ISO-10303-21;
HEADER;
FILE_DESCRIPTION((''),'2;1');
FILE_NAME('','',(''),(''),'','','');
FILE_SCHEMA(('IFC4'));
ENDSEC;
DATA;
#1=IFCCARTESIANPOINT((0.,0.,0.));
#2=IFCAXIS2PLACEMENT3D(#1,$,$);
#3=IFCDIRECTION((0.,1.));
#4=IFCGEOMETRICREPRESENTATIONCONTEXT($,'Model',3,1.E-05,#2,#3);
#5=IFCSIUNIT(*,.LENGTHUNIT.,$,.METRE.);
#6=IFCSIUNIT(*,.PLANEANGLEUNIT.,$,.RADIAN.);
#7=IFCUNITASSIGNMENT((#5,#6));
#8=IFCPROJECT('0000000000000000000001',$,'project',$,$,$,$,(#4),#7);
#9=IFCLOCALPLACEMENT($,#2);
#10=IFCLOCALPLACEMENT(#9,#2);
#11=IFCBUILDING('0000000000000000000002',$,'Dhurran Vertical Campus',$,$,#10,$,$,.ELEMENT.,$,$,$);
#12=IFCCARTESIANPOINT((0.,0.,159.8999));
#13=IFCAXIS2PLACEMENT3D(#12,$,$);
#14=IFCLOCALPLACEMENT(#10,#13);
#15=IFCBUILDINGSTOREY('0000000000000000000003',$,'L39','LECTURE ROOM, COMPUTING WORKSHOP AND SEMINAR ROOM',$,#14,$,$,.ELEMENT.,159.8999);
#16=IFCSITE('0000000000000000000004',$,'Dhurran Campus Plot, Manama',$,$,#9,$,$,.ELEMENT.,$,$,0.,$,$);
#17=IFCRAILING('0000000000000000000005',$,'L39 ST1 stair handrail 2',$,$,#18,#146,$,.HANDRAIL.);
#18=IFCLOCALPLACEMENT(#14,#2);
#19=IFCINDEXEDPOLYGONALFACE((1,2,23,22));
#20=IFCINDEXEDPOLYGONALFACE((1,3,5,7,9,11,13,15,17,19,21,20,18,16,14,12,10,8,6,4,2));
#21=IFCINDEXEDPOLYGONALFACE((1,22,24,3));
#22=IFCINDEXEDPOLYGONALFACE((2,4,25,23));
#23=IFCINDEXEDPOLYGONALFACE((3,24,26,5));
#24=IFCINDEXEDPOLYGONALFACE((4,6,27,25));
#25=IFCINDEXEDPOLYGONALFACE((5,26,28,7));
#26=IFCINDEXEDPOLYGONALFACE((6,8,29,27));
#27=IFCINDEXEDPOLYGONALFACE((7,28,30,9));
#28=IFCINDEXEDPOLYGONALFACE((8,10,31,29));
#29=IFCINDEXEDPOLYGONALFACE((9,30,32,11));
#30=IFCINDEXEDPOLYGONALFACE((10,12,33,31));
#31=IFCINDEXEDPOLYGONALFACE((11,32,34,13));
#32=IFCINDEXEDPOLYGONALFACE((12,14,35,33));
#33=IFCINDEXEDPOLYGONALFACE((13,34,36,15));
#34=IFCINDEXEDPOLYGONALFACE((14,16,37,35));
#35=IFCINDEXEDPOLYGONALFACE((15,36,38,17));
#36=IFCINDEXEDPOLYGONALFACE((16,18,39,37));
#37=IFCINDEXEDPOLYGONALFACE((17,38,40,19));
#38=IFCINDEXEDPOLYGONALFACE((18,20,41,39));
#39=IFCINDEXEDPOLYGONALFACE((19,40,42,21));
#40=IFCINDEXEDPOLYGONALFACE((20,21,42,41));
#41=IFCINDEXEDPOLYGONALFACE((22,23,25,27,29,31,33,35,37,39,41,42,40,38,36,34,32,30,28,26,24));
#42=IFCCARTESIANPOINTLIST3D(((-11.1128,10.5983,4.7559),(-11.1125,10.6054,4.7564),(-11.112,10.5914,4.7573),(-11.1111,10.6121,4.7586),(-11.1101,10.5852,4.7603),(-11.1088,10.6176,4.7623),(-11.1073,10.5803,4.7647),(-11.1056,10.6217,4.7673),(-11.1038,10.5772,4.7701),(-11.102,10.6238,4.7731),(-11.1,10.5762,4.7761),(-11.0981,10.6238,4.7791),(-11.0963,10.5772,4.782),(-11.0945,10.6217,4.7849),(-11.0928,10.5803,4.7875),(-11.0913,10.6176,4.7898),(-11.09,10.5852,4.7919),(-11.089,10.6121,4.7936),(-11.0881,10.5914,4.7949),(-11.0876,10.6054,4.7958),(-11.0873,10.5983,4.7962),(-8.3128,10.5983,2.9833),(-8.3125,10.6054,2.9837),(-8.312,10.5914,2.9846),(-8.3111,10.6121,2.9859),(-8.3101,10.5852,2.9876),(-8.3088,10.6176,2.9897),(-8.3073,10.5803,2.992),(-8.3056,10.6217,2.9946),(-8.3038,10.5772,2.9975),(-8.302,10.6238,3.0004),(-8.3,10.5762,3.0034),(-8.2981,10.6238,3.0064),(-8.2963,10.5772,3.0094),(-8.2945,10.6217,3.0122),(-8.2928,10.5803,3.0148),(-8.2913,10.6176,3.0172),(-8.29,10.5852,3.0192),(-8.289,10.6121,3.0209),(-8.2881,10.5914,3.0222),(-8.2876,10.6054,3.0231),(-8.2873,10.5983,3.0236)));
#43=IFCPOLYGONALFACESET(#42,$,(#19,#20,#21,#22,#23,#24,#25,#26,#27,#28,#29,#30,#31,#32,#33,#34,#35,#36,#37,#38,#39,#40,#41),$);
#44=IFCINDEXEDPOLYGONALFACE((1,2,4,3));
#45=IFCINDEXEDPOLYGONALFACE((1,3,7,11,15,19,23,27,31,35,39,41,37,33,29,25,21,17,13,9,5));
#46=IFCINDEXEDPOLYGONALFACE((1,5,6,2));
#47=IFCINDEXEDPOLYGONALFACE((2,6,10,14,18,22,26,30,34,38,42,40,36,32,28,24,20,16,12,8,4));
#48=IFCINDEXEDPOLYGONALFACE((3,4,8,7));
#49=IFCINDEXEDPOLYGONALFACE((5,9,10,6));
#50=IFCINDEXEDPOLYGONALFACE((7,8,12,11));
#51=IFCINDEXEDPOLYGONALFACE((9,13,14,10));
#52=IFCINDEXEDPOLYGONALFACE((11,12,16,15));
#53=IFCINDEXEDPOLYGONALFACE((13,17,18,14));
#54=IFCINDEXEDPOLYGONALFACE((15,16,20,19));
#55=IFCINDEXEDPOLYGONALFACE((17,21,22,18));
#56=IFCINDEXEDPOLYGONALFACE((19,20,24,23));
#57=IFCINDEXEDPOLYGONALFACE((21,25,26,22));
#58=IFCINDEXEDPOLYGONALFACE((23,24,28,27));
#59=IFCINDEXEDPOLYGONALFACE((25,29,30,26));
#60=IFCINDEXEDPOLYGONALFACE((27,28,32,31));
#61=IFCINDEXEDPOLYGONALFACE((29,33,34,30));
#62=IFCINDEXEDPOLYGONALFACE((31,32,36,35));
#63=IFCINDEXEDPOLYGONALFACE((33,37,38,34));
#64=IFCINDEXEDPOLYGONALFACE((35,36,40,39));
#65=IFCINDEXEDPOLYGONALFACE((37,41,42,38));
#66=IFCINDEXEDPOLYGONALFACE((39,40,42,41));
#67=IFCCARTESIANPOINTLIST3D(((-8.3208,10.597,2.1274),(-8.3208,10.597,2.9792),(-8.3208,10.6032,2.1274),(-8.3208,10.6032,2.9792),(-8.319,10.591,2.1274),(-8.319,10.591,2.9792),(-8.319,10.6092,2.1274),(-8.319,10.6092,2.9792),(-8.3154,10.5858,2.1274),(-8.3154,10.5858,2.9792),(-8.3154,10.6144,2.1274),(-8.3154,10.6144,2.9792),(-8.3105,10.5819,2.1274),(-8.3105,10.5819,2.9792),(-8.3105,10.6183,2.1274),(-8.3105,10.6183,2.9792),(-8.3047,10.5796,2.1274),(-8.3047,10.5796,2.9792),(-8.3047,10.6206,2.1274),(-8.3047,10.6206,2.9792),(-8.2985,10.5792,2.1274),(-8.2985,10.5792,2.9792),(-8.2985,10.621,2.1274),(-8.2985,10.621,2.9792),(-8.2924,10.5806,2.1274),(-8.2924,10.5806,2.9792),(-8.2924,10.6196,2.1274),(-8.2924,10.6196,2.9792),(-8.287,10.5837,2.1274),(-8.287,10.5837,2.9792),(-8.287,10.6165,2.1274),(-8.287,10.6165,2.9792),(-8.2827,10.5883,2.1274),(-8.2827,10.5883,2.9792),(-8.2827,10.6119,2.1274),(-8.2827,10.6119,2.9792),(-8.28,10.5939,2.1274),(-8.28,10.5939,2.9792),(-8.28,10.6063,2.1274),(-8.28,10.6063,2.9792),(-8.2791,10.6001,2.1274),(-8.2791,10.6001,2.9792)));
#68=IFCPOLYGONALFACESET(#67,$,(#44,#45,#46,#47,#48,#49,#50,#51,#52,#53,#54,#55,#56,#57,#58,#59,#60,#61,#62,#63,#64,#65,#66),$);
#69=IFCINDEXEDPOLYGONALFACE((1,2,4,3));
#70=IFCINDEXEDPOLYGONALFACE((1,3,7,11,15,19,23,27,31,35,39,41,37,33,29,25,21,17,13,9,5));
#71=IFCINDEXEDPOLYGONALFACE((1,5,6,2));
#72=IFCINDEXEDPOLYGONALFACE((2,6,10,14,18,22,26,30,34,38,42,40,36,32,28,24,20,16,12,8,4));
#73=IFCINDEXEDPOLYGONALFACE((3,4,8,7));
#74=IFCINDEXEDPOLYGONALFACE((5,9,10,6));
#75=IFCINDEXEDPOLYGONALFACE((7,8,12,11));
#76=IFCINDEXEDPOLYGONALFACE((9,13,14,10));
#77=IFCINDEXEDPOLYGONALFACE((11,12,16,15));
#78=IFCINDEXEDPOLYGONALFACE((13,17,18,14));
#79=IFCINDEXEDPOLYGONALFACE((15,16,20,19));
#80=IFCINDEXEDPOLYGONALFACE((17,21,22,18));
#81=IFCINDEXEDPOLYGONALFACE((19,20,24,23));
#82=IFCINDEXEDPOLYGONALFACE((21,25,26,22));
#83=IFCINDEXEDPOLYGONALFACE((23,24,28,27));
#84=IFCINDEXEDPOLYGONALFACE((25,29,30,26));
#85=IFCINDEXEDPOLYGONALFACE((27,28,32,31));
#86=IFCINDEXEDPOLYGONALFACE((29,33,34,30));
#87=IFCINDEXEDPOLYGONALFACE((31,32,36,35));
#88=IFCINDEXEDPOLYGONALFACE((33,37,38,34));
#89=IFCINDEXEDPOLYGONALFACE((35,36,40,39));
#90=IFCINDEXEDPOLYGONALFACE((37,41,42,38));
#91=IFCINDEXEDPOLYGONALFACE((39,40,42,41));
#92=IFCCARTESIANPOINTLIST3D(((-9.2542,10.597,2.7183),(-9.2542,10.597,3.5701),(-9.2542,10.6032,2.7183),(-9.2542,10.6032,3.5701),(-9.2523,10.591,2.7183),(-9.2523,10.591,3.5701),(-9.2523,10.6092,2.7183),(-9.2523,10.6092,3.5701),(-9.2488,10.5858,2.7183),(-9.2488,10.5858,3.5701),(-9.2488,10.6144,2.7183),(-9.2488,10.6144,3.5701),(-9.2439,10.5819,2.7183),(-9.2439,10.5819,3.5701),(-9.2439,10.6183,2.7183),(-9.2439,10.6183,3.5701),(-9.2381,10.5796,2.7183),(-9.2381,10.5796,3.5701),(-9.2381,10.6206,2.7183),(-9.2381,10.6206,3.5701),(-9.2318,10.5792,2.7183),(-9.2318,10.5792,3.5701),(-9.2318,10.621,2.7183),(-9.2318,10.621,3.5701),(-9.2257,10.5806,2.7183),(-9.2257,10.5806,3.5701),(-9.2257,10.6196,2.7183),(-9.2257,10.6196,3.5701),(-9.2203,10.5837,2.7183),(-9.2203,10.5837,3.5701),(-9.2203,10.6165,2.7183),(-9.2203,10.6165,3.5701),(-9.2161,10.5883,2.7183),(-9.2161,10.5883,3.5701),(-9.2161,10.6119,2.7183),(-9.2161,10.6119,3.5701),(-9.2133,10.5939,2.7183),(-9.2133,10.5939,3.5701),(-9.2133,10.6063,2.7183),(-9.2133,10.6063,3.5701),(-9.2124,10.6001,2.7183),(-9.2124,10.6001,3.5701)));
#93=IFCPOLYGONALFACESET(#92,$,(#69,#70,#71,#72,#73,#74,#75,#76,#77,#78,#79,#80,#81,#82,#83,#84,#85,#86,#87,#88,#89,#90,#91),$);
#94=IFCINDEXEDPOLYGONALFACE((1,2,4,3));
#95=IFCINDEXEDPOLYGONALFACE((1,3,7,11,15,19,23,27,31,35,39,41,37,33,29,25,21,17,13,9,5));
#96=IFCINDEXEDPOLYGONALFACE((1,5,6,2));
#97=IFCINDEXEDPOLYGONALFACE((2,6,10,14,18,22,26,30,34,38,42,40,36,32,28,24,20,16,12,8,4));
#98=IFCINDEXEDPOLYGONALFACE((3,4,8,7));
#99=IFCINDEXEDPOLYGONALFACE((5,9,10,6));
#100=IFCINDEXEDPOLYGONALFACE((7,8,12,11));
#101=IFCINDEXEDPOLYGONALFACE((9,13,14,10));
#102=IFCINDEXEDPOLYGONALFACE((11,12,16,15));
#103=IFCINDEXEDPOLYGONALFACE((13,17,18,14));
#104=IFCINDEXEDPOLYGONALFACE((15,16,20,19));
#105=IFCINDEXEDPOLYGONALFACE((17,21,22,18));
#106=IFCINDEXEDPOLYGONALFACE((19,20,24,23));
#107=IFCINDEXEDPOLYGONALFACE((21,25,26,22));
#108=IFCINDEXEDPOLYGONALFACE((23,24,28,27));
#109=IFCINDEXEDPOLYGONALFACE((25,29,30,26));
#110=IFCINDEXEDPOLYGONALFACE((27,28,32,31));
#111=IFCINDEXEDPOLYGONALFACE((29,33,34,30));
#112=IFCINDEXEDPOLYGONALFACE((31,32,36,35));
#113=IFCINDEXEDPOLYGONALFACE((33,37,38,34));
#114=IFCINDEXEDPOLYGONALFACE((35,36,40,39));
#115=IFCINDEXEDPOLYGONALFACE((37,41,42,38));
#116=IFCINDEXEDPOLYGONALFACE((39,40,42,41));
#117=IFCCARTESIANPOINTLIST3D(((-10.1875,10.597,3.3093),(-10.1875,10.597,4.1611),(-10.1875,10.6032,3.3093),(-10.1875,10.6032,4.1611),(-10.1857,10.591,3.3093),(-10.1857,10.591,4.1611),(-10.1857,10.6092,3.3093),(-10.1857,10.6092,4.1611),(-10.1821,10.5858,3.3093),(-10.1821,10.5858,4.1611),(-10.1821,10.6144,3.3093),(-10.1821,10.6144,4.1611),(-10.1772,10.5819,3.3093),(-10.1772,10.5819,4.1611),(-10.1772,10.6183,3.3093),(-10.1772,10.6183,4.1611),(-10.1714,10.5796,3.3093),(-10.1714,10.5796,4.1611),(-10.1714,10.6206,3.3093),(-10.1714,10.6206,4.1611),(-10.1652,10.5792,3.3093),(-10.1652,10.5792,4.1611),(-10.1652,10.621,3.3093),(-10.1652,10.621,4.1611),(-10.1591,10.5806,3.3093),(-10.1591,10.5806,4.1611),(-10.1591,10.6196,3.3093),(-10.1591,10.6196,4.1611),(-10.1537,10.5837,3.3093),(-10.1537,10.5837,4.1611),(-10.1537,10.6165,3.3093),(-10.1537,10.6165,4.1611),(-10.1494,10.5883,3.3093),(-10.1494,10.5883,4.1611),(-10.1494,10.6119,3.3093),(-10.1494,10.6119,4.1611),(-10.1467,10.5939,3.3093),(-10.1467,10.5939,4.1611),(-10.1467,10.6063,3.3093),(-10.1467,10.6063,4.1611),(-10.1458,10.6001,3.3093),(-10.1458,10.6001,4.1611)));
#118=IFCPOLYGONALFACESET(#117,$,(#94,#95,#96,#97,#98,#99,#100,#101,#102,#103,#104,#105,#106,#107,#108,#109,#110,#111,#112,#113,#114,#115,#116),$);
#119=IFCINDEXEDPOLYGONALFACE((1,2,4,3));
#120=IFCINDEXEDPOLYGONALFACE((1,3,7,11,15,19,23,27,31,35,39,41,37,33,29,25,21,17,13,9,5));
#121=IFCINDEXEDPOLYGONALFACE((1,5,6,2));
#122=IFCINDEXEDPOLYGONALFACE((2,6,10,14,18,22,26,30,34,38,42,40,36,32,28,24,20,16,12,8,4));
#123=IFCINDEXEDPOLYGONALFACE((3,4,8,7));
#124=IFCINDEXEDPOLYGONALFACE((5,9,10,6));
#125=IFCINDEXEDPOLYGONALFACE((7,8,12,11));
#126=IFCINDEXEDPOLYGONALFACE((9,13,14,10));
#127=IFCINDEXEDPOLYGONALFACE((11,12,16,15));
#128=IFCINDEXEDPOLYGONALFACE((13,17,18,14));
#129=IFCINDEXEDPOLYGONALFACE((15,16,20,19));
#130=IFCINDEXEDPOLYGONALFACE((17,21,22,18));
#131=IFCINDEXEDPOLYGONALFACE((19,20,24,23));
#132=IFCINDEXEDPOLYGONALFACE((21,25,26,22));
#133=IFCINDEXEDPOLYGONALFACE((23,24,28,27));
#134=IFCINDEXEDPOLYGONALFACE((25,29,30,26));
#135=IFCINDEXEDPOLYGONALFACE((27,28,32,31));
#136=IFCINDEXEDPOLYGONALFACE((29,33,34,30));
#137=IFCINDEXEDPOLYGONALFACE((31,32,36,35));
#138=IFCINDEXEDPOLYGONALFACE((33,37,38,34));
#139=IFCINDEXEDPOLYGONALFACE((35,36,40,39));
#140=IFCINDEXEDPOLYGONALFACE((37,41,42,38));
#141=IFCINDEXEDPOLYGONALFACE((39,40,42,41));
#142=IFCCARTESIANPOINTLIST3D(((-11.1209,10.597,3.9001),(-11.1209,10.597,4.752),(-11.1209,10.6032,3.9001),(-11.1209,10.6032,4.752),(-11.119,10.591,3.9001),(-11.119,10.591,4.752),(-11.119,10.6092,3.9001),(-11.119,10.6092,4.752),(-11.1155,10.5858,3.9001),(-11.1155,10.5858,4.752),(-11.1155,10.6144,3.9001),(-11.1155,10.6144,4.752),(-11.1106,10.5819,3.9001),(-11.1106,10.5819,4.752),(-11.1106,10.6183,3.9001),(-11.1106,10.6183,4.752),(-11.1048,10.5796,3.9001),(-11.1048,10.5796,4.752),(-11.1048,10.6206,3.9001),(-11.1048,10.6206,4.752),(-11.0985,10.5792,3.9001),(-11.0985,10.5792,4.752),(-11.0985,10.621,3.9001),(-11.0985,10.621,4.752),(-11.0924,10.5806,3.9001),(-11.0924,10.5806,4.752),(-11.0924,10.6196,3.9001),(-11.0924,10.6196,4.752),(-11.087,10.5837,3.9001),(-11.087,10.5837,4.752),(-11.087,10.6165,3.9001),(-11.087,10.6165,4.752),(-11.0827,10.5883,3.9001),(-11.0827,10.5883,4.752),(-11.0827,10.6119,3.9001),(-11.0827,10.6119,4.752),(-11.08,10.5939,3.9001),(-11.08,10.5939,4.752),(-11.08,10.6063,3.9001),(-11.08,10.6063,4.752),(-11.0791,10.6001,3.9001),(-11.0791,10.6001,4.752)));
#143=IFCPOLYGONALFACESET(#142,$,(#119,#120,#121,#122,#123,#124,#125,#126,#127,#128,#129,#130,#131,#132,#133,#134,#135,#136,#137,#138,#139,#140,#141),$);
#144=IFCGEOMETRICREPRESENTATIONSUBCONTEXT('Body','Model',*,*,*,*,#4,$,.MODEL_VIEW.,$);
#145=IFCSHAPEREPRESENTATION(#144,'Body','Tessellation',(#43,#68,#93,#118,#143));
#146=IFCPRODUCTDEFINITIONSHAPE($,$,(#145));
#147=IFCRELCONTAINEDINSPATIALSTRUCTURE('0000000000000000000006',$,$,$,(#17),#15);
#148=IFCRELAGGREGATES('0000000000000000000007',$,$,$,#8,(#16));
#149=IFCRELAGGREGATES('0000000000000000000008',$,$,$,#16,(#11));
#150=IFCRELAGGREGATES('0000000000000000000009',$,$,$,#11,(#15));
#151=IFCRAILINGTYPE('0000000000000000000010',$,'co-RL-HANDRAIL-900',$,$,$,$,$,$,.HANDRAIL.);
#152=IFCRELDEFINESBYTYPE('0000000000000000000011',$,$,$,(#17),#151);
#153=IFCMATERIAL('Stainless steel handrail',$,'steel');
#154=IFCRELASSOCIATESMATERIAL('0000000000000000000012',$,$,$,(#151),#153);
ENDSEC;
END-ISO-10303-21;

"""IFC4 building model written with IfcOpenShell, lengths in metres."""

from ifc_helpers import new_model, si_unit, direction, frame, origin, origin_2d, place, context, subcontext, project, spatial, circle, extrude, material, type_object, element, save


model = new_model("IFC4")

# Units and contexts
model_context = context("Model", 3, precision=1e-05, world=origin(), true_north=direction((0.0, 1.0)))
body_context = subcontext(model_context, "Body", "Model", "MODEL_VIEW")
ifc_project = project(units=[si_unit("LENGTHUNIT", "METRE"), si_unit("PLANEANGLEUNIT", "RADIAN")], contexts=[model_context])

# Site, building, storey
site_placement = place(None, origin())
site = spatial("IfcSite", under=ifc_project, at=site_placement, Name="Dhurran Campus Plot, Manama", CompositionType="ELEMENT", RefElevation=0.0)
building_placement = place(site_placement, origin())
building = spatial("IfcBuilding", under=site, at=building_placement, Name="Dhurran Vertical Campus", CompositionType="ELEMENT")
storey_placement = place(building_placement, frame((0.0, 0.0, 159.8999)))
storey = spatial("IfcBuildingStorey", under=building, at=storey_placement, Name="L39", Description="LECTURE ROOM, COMPUTING WORKSHOP AND SEMINAR ROOM", CompositionType="ELEMENT", Elevation=159.8999)

# Railing
ifc_material_1 = material(Name="Stainless steel handrail", Category="steel")
railing_type_1 = type_object("IfcRailingType", Name="co-RL-HANDRAIL-900", PredefinedType="HANDRAIL", material=ifc_material_1)
railing_1_placement = place(storey_placement, frame((-8.3, 10.6001, 2.1274)))
element("IfcRailing", 1, at=railing_1_placement, inside=storey, type_object=railing_type_1, Name="L39 ST1 stair handrail 2", PredefinedType="HANDRAIL", context=body_context, shape_type="SweptSolid", body=[
    extrude(circle(Radius=0.0239, at=origin_2d()), frame((0.0, 0.0, 0.876), z_axis=(-0.844909, 0.0, 0.53491), x_axis=(0.0, -1.0, 0.0)), (0.0, 0.0, 1.0), 3.314),
    extrude(circle(Radius=0.021, at=origin_2d()), origin(), (0.0, 0.0, 1.0), 0.8518),
    extrude(circle(Radius=0.021, at=origin_2d()), frame((-0.9333, 0.0, 0.5908)), (0.0, 0.0, 1.0), 0.8518),
    extrude(circle(Radius=0.021, at=origin_2d()), frame((-1.8667, 0.0, 1.1819)), (0.0, 0.0, 1.0), 0.8518),
    extrude(circle(Radius=0.021, at=origin_2d()), frame((-2.8, 0.0, 1.7727)), (0.0, 0.0, 1.0), 0.8518),
])

save(model, "model.ifc")
